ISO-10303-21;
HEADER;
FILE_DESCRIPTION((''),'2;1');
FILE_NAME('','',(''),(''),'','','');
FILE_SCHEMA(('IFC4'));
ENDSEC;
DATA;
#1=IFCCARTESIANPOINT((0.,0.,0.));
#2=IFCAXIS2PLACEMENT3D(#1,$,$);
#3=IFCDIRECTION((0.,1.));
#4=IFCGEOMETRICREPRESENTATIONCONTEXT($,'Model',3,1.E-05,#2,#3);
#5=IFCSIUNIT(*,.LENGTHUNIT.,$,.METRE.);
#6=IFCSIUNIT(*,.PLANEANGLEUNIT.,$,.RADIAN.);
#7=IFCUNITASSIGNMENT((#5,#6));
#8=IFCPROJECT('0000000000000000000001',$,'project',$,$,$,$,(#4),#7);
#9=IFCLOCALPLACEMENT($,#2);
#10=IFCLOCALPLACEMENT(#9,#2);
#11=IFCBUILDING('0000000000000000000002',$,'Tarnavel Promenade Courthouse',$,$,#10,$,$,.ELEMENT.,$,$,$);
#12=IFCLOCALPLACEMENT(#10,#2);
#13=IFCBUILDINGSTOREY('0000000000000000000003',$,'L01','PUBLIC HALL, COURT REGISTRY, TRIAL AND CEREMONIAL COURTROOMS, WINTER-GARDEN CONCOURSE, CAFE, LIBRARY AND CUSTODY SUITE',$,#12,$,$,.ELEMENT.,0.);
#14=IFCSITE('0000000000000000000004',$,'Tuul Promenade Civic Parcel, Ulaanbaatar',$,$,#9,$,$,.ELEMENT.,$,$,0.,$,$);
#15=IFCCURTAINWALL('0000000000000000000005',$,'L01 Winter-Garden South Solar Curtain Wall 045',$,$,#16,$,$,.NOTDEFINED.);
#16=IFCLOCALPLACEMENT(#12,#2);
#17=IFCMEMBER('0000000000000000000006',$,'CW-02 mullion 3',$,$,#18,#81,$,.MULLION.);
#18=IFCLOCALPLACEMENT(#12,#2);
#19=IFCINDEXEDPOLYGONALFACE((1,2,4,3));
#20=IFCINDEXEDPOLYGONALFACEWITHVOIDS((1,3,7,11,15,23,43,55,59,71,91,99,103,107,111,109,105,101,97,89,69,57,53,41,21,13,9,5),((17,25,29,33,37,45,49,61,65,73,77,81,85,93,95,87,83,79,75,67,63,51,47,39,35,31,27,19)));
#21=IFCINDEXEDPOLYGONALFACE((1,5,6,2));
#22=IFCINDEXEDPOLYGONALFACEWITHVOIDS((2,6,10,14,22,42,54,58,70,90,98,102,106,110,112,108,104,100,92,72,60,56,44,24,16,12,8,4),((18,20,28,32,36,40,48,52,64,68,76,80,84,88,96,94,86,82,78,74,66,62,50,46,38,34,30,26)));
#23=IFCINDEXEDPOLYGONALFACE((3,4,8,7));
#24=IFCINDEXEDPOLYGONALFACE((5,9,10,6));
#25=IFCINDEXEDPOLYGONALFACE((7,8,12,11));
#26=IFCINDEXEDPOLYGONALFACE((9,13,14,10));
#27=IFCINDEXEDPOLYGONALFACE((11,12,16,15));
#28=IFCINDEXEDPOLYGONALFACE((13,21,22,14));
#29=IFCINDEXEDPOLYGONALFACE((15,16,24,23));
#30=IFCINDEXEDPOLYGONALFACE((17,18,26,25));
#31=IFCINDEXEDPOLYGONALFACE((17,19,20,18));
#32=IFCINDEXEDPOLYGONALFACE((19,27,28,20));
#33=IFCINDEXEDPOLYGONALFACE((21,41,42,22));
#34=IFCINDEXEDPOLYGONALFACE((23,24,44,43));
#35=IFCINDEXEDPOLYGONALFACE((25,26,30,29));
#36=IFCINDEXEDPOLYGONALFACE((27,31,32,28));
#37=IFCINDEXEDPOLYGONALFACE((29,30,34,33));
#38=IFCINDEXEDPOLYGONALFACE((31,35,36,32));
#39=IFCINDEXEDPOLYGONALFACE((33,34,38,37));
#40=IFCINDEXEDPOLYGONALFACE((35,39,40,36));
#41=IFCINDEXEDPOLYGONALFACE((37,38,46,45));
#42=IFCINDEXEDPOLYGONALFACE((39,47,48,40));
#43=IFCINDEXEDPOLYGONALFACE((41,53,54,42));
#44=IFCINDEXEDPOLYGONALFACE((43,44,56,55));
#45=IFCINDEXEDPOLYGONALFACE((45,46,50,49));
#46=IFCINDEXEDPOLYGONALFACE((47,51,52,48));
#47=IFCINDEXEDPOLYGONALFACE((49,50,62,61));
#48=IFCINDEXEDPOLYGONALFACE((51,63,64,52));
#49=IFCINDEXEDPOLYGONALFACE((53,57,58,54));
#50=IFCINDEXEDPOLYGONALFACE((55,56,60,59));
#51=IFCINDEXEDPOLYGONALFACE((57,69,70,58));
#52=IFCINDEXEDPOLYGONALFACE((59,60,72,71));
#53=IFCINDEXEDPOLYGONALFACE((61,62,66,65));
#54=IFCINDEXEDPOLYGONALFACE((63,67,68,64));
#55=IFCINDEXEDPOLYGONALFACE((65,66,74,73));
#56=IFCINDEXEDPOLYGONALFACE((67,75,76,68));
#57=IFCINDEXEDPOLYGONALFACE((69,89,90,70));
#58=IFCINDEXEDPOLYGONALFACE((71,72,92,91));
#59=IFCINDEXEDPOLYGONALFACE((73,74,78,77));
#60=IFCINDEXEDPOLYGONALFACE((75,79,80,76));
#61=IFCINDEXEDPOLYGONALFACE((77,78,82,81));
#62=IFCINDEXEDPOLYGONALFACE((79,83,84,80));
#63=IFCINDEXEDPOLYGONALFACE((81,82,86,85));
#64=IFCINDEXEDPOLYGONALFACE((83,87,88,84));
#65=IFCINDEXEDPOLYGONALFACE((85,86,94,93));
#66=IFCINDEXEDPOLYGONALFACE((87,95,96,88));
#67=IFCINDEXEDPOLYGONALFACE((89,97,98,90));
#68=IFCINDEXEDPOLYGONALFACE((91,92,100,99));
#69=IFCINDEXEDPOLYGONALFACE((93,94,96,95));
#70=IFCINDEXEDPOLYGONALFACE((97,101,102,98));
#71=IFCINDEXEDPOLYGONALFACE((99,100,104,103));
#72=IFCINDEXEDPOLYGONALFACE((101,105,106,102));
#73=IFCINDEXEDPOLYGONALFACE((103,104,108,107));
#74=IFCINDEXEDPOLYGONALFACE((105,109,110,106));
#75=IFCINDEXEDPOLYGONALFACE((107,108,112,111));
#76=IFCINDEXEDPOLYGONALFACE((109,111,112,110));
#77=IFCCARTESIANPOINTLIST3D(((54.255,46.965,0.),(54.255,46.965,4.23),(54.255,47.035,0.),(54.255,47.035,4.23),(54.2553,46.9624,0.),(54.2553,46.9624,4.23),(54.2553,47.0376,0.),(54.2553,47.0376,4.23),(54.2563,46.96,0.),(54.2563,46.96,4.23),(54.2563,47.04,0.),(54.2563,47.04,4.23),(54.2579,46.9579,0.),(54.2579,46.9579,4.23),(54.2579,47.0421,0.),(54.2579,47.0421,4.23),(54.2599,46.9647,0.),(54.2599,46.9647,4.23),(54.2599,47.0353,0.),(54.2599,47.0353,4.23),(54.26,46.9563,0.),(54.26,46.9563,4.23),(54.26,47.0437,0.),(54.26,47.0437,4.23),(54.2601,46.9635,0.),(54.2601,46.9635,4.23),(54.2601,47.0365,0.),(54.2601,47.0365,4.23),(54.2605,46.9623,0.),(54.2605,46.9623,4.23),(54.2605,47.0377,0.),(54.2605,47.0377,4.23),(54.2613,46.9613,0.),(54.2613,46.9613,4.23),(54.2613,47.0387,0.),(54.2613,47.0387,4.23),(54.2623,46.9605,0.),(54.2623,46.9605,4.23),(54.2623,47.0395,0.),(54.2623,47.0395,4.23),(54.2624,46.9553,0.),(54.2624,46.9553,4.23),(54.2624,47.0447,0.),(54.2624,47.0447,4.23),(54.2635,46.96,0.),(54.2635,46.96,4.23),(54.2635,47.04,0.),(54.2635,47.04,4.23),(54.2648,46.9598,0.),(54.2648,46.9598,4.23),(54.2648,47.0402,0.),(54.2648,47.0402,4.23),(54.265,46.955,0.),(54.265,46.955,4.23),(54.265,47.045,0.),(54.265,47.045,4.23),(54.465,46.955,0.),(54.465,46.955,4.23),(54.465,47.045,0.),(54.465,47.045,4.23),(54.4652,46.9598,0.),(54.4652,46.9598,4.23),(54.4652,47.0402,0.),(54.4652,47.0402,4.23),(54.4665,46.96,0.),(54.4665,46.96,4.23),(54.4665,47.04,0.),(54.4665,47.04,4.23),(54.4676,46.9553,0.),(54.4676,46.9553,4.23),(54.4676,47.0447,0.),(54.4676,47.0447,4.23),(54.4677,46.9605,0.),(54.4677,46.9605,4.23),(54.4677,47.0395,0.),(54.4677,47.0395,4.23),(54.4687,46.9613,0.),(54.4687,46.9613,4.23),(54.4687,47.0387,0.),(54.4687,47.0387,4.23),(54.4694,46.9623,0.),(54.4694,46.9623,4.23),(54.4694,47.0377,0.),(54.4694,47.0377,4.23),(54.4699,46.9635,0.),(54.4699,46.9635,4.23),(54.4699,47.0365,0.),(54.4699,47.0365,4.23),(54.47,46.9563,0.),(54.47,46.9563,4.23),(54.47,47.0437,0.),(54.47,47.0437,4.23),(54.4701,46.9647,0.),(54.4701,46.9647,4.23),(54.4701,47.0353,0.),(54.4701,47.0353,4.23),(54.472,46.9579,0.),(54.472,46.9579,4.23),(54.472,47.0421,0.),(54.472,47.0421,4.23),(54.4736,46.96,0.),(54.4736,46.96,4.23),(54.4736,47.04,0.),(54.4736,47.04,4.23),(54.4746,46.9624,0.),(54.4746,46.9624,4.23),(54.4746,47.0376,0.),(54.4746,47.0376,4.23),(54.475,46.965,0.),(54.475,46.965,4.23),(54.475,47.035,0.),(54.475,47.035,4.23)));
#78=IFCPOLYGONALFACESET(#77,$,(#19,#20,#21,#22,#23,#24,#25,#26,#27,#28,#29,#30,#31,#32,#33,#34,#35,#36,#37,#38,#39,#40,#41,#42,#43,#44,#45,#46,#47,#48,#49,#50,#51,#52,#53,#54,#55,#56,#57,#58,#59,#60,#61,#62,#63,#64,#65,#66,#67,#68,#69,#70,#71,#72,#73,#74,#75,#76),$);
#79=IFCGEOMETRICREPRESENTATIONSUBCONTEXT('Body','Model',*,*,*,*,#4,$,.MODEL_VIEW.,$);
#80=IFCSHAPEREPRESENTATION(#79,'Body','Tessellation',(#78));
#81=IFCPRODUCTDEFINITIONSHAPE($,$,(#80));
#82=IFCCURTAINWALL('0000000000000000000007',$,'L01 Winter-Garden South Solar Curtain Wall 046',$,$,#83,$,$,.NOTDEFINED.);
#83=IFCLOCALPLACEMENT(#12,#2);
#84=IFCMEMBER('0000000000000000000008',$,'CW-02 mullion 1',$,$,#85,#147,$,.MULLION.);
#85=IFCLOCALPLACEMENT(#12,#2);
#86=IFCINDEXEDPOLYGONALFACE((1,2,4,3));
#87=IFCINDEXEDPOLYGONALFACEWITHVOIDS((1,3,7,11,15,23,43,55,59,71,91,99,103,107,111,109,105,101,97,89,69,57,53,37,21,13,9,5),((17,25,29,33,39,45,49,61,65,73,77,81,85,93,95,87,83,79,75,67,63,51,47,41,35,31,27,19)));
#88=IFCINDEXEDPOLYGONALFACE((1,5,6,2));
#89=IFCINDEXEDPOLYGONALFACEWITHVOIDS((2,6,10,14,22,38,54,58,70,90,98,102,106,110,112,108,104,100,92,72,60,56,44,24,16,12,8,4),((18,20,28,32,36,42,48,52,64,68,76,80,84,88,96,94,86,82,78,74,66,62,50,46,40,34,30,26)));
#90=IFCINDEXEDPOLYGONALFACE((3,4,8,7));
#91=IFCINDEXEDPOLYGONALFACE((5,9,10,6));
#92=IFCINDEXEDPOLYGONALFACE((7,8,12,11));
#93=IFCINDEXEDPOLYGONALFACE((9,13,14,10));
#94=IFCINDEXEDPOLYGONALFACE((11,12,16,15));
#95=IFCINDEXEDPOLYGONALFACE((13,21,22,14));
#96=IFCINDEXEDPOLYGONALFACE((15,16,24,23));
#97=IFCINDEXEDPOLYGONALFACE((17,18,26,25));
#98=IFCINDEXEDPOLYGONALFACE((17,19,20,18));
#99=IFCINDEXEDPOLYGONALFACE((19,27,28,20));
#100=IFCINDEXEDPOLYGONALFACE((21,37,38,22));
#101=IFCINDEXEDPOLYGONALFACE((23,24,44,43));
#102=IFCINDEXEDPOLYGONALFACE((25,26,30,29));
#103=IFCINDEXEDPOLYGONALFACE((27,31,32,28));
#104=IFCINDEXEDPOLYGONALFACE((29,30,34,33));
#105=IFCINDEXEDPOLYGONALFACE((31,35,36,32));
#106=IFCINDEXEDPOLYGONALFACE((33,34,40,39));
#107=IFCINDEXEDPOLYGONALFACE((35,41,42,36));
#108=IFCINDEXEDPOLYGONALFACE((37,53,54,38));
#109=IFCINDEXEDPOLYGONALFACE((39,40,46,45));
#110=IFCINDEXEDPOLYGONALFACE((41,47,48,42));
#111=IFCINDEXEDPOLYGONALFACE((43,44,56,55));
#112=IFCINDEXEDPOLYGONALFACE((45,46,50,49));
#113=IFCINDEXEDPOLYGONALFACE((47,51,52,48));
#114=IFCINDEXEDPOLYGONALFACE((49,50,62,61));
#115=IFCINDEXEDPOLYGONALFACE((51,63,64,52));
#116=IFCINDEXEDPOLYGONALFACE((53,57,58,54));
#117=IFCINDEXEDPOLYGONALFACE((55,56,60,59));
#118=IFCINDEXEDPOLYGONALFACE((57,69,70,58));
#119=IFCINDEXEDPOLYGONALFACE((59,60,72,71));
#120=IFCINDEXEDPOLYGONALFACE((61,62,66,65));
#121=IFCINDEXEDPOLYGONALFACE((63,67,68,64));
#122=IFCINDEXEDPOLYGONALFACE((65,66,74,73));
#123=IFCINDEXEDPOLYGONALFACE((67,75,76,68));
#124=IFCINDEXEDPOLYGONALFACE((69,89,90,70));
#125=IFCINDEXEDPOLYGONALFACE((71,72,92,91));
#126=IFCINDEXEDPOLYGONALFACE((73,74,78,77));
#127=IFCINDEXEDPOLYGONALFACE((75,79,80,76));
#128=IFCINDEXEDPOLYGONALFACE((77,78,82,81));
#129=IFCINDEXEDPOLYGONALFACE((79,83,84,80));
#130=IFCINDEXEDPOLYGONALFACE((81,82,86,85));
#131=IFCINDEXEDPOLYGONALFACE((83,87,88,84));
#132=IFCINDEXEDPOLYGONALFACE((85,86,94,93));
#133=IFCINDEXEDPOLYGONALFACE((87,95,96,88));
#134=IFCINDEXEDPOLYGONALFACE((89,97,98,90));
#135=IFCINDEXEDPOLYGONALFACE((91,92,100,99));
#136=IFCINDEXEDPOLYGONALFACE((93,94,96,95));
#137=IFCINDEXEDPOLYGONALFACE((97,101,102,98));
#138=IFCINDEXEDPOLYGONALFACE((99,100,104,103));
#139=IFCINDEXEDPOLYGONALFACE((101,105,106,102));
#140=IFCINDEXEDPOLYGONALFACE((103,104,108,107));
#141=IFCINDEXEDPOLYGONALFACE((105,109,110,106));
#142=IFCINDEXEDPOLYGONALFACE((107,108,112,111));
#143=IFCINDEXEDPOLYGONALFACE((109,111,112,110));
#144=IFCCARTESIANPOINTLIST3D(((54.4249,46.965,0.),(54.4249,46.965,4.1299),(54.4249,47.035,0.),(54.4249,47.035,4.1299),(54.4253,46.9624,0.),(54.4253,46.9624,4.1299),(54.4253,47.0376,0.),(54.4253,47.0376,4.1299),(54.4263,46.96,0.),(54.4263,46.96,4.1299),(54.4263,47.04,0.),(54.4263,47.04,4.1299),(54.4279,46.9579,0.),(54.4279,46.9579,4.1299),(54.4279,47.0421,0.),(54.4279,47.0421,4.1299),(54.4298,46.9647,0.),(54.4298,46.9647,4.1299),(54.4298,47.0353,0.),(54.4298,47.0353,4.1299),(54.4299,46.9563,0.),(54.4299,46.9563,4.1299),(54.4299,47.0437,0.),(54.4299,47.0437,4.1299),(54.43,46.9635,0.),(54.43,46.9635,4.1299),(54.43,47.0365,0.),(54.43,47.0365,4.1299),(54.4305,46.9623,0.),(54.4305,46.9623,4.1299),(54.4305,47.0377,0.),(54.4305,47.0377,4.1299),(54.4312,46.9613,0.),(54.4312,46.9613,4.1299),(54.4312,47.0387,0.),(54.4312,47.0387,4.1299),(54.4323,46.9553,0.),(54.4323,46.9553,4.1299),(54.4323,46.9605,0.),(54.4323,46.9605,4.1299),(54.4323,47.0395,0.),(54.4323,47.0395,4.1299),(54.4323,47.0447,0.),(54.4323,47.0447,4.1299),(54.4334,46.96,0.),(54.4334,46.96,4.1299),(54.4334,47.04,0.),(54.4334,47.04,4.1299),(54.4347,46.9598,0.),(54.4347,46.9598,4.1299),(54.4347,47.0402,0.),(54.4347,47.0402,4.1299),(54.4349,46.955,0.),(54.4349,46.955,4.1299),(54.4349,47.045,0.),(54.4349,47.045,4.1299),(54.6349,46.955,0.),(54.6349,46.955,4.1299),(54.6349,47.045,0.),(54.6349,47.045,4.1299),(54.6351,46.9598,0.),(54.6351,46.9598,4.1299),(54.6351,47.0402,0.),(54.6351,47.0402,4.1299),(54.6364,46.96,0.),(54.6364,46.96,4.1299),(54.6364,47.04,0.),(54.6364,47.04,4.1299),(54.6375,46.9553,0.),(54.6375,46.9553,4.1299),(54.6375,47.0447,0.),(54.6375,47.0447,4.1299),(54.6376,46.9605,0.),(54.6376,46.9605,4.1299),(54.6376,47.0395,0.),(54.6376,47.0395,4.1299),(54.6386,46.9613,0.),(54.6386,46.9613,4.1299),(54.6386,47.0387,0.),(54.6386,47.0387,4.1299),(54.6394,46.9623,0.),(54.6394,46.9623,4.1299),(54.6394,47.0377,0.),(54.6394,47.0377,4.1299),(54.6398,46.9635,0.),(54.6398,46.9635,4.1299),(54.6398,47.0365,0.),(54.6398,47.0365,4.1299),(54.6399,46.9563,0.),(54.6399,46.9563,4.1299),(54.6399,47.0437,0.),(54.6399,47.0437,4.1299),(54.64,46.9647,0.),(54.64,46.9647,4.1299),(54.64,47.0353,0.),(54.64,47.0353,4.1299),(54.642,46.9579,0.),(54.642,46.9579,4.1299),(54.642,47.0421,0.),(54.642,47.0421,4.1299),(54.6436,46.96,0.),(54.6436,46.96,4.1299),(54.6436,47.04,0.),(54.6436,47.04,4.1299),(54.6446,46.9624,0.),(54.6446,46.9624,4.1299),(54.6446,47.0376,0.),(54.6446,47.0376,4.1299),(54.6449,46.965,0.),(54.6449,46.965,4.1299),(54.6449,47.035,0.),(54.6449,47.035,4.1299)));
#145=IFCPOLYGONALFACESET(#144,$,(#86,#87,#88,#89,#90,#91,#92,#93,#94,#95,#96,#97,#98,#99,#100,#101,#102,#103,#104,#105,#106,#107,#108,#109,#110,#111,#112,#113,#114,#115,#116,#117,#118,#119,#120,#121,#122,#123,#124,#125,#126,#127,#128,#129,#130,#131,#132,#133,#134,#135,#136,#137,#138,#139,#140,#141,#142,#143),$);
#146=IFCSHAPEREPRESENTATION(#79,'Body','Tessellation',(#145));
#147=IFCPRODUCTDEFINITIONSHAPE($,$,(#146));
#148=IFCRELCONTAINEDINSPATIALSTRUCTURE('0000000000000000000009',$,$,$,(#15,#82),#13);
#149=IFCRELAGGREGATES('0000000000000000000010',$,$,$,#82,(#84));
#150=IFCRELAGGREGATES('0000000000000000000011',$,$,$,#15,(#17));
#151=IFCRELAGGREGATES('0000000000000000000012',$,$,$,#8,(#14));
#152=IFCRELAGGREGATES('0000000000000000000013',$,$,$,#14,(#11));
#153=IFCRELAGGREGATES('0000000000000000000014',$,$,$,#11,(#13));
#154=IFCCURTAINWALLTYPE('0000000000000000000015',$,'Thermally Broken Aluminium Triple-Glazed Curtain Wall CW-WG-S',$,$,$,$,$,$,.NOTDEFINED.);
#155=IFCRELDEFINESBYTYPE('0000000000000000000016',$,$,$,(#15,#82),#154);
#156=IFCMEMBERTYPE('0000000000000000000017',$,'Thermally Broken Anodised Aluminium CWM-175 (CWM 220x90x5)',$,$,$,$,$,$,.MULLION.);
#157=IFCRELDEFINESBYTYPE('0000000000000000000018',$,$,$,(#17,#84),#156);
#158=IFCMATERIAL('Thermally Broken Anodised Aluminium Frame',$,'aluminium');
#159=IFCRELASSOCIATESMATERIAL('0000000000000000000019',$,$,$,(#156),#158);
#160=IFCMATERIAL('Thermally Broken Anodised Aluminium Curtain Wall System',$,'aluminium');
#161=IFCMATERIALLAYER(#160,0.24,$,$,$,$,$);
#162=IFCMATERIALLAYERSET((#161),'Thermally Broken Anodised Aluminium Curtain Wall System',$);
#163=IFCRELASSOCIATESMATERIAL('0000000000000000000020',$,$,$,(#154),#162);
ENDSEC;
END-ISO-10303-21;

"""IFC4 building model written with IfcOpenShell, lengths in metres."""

from ifc_helpers import new_model, si_unit, direction, frame, origin, origin_2d, place, context, subcontext, project, spatial, hollow_rectangle, extrude, material, layer, layer_set, material_profile, profile_set, type_object, element, aggregate, save


model = new_model("IFC4")

# Units and contexts
model_context = context("Model", 3, precision=1e-05, world=origin(), true_north=direction((0.0, 1.0)))
body_context = subcontext(model_context, "Body", "Model", "MODEL_VIEW")
ifc_project = project(units=[si_unit("LENGTHUNIT", "METRE"), si_unit("PLANEANGLEUNIT", "RADIAN")], contexts=[model_context])

# Site, building, storey
site_placement = place(None, origin())
site = spatial("IfcSite", under=ifc_project, at=site_placement, Name="Tuul Promenade Civic Parcel, Ulaanbaatar", CompositionType="ELEMENT", RefElevation=0.0)
building_placement = place(site_placement, origin())
building = spatial("IfcBuilding", under=site, at=building_placement, Name="Tarnavel Promenade Courthouse", CompositionType="ELEMENT")
storey_placement = place(building_placement, origin())
storey = spatial("IfcBuildingStorey", under=building, at=storey_placement, Name="L01", Description="PUBLIC HALL, COURT REGISTRY, TRIAL AND CEREMONIAL COURTROOMS, WINTER-GARDEN CONCOURSE, CAFE, LIBRARY AND CUSTODY SUITE", CompositionType="ELEMENT", Elevation=0.0)

# Shared definitions
ifc_material_1 = material(Name="Thermally Broken Anodised Aluminium Curtain Wall System", Category="aluminium")
ifc_material_2 = material(Name="Thermally Broken Anodised Aluminium Frame", Category="aluminium")
ifc_material_profile_1 = material_profile(ifc_material_2, hollow_rectangle(XDim=0.0901, YDim=0.22, WallThickness=0.0049, InnerFilletRadius=0.0049, OuterFilletRadius=0.01, at=origin_2d()), Name="CWM 220x90x5")
ifc_profile_set_1 = profile_set([ifc_material_profile_1], Name="Thermally Broken Anodised Aluminium Frame")
member_type_1 = type_object("IfcMemberType", Name="Thermally Broken Anodised Aluminium CWM-175 (CWM 220x90x5)", PredefinedType="MULLION", material=ifc_profile_set_1)

# Curtain walls, members
ifc_layer_1 = layer(ifc_material_1, 0.24)
ifc_layer_set_1 = layer_set([ifc_layer_1], Name="Thermally Broken Anodised Aluminium Curtain Wall System")
curtain_wall_type_1 = type_object("IfcCurtainWallType", Name="Thermally Broken Aluminium Triple-Glazed Curtain Wall CW-WG-S", PredefinedType="NOTDEFINED", material=ifc_layer_set_1)
curtain_wall_1_placement = place(storey_placement, origin())
curtain_wall_1 = element("IfcCurtainWall", 1, at=curtain_wall_1_placement, inside=storey, type_object=curtain_wall_type_1, Name="L01 Winter-Garden South Solar Curtain Wall 045", PredefinedType="NOTDEFINED")
member_1_placement = place(storey_placement, frame((54.365, 47.0, 0.0), z_axis=(0.0, 0.0, 1.0), x_axis=(0.0, 1.0, 0.0)))
member_1 = element("IfcMember", 2, at=member_1_placement, type_object=member_type_1, Name="CW-02 mullion 3", PredefinedType="MULLION", context=body_context, shape_type="SweptSolid", body=[
    extrude(hollow_rectangle(XDim=0.0901, YDim=0.22, WallThickness=0.0049, InnerFilletRadius=0.0049, OuterFilletRadius=0.01, at=origin_2d()), origin(), (0.0, 0.0, 1.0), 4.23),
])
curtain_wall_2_placement = place(storey_placement, origin())
curtain_wall_2 = element("IfcCurtainWall", 3, at=curtain_wall_2_placement, inside=storey, type_object=curtain_wall_type_1, Name="L01 Winter-Garden South Solar Curtain Wall 046", PredefinedType="NOTDEFINED")
member_2_placement = place(storey_placement, frame((54.5349, 47.0, 0.0), z_axis=(0.0, 0.0, 1.0), x_axis=(0.0, 1.0, 0.0)))
member_2 = element("IfcMember", 4, at=member_2_placement, type_object=member_type_1, Name="CW-02 mullion 1", PredefinedType="MULLION", context=body_context, shape_type="SweptSolid", body=[
    extrude(hollow_rectangle(XDim=0.0901, YDim=0.22, WallThickness=0.0049, InnerFilletRadius=0.0049, OuterFilletRadius=0.01, at=origin_2d()), origin(), (0.0, 0.0, 1.0), 4.1299),
])

aggregate(curtain_wall_2, [member_2])

aggregate(curtain_wall_1, [member_1])

save(model, "model.ifc")
